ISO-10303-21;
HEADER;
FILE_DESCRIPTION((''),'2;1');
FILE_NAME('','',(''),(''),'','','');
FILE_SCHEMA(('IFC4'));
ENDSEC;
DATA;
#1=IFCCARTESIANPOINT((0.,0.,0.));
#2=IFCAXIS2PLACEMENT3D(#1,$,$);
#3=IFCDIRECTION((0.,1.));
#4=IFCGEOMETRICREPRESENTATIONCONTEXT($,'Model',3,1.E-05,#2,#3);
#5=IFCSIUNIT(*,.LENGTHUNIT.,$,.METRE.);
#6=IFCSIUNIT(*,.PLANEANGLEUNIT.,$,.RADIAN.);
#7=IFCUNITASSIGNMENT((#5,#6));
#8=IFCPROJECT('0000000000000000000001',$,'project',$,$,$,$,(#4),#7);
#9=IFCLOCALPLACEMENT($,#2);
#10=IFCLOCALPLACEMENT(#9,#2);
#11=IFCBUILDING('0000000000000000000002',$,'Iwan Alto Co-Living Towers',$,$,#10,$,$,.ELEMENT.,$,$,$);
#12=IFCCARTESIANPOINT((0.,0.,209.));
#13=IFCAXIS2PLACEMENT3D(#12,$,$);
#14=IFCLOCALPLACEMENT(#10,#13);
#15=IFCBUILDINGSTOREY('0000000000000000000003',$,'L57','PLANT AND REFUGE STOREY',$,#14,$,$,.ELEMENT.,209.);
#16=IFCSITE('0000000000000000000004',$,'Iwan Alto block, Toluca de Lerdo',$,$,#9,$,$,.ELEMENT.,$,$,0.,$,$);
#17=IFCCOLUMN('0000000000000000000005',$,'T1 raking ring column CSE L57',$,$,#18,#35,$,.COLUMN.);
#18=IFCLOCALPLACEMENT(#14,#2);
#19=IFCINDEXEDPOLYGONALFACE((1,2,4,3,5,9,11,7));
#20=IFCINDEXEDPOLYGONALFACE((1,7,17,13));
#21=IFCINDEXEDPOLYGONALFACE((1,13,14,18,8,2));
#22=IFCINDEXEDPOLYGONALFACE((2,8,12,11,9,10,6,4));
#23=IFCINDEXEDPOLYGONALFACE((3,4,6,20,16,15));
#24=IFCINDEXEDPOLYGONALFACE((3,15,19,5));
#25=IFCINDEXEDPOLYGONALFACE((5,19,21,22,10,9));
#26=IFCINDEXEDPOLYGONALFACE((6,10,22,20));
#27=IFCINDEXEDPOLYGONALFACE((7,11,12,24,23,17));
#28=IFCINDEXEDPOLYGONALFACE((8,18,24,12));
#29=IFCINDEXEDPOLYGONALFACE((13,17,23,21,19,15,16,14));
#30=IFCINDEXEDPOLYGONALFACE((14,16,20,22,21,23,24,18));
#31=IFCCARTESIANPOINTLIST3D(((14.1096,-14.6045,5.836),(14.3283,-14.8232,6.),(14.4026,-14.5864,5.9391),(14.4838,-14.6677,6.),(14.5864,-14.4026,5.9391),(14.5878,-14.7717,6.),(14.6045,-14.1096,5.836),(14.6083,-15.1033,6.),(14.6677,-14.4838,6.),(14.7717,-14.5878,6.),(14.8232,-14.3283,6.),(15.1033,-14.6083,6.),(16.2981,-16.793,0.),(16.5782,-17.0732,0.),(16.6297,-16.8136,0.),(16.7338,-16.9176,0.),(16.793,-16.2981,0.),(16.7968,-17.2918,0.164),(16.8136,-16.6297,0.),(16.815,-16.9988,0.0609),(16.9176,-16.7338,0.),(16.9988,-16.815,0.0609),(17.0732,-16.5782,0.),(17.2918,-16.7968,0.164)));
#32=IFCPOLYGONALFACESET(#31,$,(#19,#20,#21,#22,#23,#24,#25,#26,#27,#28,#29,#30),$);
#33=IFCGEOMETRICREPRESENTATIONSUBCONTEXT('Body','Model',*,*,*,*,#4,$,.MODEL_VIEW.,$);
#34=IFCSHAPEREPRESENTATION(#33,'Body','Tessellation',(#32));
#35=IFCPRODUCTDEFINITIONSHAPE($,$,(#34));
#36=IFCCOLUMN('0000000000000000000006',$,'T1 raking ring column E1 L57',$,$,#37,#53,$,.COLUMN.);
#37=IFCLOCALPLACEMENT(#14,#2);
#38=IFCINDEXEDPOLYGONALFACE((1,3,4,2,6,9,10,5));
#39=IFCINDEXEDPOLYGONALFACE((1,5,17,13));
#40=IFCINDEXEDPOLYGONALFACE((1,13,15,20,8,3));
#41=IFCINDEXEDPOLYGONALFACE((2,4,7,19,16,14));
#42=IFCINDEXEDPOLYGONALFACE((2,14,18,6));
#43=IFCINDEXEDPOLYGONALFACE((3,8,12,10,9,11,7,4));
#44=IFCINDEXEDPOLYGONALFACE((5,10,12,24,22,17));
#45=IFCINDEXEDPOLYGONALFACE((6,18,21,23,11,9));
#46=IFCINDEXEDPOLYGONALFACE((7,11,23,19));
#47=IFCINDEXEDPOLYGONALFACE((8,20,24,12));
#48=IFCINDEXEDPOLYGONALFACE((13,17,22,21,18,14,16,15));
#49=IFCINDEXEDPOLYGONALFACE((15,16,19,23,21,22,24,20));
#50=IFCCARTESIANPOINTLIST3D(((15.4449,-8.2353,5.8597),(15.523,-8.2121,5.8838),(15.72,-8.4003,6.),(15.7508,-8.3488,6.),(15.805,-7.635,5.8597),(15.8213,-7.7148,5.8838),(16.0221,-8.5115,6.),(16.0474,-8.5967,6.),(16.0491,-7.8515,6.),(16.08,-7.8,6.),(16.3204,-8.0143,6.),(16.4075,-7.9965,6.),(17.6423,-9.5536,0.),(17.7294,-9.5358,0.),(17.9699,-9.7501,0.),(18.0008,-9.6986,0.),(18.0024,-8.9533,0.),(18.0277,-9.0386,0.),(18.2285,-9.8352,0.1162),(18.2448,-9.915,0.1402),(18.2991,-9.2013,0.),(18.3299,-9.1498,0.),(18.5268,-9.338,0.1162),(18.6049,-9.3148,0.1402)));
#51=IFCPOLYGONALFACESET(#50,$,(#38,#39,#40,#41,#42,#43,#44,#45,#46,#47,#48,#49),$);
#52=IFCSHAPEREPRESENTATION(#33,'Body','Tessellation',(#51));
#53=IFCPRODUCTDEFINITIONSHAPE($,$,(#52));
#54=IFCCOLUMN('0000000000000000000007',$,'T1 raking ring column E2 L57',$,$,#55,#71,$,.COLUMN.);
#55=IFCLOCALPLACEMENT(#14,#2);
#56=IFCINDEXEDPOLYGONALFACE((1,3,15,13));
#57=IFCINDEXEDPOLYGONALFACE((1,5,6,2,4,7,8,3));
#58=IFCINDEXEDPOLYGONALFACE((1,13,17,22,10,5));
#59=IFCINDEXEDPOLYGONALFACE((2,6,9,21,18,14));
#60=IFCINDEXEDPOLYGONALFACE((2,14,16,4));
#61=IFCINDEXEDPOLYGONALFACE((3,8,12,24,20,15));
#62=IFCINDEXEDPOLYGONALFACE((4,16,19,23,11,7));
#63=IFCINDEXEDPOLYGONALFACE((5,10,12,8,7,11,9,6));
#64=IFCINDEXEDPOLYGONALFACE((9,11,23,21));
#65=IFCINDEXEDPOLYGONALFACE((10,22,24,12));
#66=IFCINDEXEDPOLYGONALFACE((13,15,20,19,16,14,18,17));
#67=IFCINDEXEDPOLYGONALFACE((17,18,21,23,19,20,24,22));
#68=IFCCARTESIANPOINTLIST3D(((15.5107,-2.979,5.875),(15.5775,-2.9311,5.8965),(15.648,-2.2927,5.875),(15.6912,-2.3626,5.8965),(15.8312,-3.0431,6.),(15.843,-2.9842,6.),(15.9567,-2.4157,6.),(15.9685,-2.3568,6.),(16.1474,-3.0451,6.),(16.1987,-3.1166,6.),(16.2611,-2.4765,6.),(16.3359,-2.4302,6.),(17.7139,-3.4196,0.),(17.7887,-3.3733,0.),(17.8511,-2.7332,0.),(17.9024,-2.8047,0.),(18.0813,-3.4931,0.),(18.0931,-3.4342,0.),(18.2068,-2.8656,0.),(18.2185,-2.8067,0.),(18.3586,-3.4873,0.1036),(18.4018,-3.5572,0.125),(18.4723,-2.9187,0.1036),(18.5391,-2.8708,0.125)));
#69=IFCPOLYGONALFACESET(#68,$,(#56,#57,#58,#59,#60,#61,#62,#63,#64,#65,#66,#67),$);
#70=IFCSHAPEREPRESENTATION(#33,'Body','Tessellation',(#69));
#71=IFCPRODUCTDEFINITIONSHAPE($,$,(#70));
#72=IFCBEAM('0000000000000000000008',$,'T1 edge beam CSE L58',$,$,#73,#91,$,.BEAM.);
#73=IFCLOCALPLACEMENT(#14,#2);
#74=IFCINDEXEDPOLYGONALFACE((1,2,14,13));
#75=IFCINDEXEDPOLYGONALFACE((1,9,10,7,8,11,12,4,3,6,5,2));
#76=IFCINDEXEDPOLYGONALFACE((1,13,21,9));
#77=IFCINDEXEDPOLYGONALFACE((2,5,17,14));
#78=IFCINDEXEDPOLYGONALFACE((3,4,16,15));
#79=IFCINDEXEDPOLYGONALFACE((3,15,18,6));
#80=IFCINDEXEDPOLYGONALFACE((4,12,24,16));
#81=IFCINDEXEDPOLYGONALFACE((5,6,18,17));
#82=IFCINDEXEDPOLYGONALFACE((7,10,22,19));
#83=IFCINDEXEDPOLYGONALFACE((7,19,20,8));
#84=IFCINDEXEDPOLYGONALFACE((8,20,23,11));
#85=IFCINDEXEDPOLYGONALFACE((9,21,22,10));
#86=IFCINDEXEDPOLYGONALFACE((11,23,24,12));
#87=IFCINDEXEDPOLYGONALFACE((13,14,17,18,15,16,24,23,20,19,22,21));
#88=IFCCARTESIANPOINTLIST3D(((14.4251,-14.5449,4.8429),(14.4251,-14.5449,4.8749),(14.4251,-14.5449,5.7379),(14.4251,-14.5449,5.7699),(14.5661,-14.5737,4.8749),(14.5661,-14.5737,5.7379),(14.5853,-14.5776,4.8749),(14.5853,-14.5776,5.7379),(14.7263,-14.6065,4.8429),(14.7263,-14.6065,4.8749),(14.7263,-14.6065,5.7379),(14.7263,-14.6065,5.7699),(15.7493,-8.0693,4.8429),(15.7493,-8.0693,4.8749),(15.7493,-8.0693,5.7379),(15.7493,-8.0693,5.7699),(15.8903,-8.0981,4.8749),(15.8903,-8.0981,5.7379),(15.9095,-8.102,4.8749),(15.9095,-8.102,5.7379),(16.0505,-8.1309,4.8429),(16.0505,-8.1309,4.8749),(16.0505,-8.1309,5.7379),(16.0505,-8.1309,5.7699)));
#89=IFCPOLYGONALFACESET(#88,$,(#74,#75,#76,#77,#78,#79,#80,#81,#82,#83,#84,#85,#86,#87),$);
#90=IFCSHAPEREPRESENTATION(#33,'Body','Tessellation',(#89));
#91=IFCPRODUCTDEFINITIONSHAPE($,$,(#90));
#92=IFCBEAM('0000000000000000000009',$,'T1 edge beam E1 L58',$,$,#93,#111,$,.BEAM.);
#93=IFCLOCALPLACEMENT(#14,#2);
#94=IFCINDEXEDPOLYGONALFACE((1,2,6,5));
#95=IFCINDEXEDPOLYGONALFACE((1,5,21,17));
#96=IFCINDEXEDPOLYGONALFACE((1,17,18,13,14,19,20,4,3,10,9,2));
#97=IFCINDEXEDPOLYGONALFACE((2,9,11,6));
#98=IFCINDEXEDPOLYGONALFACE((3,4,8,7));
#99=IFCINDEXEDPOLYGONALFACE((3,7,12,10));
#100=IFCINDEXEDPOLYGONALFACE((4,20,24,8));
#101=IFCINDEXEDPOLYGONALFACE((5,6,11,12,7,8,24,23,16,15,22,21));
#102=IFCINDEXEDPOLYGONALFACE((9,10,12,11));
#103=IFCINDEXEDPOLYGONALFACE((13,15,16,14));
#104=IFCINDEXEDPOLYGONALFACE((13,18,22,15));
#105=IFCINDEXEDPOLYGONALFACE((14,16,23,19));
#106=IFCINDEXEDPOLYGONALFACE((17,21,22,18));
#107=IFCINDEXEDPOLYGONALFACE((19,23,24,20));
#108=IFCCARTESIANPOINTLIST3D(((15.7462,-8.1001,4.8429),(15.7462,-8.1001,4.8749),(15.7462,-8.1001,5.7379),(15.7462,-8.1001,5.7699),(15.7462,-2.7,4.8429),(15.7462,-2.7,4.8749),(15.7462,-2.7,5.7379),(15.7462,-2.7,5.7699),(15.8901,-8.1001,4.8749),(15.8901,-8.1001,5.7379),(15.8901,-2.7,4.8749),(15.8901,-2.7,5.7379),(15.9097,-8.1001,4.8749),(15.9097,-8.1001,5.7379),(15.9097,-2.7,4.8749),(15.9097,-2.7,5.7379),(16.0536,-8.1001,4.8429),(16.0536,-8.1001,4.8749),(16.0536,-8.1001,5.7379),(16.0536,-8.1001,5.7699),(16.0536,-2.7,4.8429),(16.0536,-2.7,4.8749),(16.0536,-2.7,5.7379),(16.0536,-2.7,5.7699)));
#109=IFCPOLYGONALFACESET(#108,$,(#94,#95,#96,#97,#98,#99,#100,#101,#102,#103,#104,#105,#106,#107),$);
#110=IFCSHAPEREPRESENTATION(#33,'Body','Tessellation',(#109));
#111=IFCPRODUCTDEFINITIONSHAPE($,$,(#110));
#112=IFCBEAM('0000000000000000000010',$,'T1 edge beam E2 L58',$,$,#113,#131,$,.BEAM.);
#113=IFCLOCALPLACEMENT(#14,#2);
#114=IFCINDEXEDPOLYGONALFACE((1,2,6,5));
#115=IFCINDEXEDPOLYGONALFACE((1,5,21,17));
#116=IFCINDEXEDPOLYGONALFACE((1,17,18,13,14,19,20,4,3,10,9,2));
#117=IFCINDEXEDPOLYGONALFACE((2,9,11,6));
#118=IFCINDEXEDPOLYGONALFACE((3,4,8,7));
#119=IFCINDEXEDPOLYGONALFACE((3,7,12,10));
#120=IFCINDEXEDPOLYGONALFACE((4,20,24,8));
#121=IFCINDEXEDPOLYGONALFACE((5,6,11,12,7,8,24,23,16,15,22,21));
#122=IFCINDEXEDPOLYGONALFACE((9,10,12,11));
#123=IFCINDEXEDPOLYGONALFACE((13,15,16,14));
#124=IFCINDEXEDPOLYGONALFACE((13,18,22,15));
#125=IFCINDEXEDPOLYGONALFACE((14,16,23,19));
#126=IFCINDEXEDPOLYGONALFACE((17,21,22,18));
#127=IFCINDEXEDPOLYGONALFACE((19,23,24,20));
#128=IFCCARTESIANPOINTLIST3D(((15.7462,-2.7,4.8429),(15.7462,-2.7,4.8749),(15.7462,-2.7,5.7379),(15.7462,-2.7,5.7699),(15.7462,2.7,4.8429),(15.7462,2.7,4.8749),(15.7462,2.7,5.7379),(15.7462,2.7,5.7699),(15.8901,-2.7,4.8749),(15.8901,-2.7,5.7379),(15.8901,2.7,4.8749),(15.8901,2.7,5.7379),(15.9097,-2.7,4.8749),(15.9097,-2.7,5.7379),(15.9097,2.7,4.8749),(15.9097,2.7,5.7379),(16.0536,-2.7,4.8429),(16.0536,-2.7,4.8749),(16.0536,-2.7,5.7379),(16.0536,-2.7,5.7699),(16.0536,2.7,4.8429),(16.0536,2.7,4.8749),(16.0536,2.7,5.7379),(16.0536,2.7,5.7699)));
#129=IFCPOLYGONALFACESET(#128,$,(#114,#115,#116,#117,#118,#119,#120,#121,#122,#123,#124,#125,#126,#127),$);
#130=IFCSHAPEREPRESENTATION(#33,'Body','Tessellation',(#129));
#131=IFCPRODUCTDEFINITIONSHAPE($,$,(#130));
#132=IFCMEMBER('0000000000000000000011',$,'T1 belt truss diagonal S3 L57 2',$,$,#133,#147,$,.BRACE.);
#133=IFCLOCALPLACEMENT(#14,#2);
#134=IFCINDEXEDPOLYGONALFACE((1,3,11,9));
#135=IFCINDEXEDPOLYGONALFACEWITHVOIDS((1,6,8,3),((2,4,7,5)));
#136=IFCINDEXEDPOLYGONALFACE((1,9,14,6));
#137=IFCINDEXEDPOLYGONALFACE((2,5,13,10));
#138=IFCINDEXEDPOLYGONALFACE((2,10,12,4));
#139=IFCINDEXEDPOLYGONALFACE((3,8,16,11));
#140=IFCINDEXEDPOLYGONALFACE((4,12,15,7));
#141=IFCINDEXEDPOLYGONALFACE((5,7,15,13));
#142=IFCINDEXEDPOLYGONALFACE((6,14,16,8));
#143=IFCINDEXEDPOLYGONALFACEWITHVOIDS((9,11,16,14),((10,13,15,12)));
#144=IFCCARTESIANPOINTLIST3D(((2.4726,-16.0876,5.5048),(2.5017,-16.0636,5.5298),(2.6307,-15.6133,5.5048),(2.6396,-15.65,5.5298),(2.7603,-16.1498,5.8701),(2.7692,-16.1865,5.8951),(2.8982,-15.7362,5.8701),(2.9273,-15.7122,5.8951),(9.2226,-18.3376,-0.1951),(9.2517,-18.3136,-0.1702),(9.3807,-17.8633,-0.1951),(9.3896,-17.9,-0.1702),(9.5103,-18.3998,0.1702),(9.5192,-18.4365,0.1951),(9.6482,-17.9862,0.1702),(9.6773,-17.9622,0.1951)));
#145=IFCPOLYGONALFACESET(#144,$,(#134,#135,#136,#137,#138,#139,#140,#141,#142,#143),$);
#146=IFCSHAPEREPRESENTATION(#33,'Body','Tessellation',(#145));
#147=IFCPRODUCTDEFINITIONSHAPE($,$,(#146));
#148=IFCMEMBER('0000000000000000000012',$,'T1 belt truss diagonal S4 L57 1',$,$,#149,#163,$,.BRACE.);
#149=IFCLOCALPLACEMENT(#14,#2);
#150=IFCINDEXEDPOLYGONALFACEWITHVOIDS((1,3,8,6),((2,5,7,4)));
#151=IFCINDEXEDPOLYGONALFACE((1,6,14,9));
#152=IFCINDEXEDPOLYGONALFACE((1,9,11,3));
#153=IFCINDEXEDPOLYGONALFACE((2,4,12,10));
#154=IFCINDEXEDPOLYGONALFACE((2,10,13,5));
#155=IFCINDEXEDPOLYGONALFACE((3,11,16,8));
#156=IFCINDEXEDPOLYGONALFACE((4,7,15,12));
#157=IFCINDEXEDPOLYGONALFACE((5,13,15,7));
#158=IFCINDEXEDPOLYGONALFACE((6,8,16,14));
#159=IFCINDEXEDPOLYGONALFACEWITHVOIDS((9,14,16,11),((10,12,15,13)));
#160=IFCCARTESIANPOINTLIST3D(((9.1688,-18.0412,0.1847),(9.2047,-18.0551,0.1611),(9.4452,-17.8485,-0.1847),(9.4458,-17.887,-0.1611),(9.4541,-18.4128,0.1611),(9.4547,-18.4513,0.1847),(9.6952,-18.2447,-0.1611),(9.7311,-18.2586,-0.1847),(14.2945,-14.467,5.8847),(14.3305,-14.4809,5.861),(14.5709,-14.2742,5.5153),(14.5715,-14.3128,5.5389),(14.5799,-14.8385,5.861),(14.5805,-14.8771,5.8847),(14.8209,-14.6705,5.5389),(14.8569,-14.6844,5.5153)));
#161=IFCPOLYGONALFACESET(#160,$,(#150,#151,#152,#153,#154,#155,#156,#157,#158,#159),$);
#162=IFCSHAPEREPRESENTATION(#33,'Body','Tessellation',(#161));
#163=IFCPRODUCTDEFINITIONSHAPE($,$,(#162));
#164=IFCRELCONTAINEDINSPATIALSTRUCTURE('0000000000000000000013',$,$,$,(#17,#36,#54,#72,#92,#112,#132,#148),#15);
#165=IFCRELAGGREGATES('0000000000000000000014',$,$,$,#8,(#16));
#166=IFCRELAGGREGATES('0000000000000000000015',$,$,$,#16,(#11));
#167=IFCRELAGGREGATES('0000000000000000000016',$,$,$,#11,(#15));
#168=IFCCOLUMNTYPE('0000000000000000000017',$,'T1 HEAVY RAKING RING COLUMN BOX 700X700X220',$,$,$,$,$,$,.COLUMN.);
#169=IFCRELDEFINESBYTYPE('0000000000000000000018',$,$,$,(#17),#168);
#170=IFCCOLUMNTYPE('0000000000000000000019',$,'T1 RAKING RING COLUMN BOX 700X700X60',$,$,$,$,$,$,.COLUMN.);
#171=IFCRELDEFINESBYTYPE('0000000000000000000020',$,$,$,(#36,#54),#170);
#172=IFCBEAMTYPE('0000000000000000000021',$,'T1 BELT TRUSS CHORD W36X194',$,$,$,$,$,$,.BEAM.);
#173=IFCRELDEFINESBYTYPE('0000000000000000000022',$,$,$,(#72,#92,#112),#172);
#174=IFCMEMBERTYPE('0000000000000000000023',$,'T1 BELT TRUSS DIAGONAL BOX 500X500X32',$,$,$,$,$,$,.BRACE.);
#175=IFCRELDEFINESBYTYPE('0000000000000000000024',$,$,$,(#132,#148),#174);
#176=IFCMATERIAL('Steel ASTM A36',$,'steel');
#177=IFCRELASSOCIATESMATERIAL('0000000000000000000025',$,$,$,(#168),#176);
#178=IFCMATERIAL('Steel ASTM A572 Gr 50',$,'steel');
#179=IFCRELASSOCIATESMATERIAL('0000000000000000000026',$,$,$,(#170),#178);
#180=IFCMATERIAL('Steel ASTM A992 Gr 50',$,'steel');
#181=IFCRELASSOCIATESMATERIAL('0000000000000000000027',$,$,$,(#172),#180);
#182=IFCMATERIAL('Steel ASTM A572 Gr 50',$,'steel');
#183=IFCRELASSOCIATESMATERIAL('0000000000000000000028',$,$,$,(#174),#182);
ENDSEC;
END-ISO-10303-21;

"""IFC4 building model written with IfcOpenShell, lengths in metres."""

from ifc_helpers import new_model, si_unit, direction, frame, origin, origin_2d, place, context, subcontext, project, spatial, hollow_rectangle, i_section, extrude, clip, halfspace, material, material_profile, profile_set, type_object, element, save


model = new_model("IFC4")

# Units and contexts
model_context = context("Model", 3, precision=1e-05, world=origin(), true_north=direction((0.0, 1.0)))
body_context = subcontext(model_context, "Body", "Model", "MODEL_VIEW")
ifc_project = project(units=[si_unit("LENGTHUNIT", "METRE"), si_unit("PLANEANGLEUNIT", "RADIAN")], contexts=[model_context])

# Site, building, storey
site_placement = place(None, origin())
site = spatial("IfcSite", under=ifc_project, at=site_placement, Name="Iwan Alto block, Toluca de Lerdo", CompositionType="ELEMENT", RefElevation=0.0)
building_placement = place(site_placement, origin())
building = spatial("IfcBuilding", under=site, at=building_placement, Name="Iwan Alto Co-Living Towers", CompositionType="ELEMENT")
storey_placement = place(building_placement, frame((0.0, 0.0, 209.0)))
storey = spatial("IfcBuildingStorey", under=building, at=storey_placement, Name="L57", Description="PLANT AND REFUGE STOREY", CompositionType="ELEMENT", Elevation=209.0)

# Columns
ifc_material_1 = material(Name="Steel ASTM A36", Category="steel")
ifc_material_profile_1 = material_profile(ifc_material_1, hollow_rectangle(XDim=0.7, YDim=0.7, WallThickness=0.22, at=origin_2d()), Name="BOX 700X700X220")
ifc_profile_set_1 = profile_set([ifc_material_profile_1], Name="Steel ASTM A36")
column_type_1 = type_object("IfcColumnType", Name="T1 HEAVY RAKING RING COLUMN BOX 700X700X220", PredefinedType="COLUMN", material=ifc_profile_set_1)
column_1_placement = place(storey_placement, frame((16.8257, -16.8257, 0.0), z_axis=(-0.331295, 0.331295, 0.883452), x_axis=(-0.707107, -0.707107, 0.0)))
element("IfcColumn", 1, at=column_1_placement, inside=storey, type_object=column_type_1, Name="T1 raking ring column CSE L57", PredefinedType="COLUMN", context=body_context, shape_type="Clipping", body=[
    clip(clip(extrude(hollow_rectangle(XDim=0.7, YDim=0.7, WallThickness=0.22, at=origin_2d()), origin(), (0.0, 0.0, 1.0), 6.7915), halfspace(frame((0.0, 0.0, 0.0), z_axis=(0.0, -0.468521, -0.883452), x_axis=(-0.707107, 0.624695, -0.331295)), False)), halfspace(frame((0.0, 2.811, 5.3008), z_axis=(0.0, 0.468521, 0.883452), x_axis=(-0.707107, 0.624695, -0.331295)), False)),
])
ifc_material_2 = material(Name="Steel ASTM A572 Gr 50", Category="steel")
ifc_material_profile_2 = material_profile(ifc_material_2, hollow_rectangle(XDim=0.7, YDim=0.7, WallThickness=0.0601, at=origin_2d()), Name="BOX 700X700X60")
ifc_profile_set_2 = profile_set([ifc_material_profile_2], Name="Steel ASTM A572 Gr 50")
column_type_2 = type_object("IfcColumnType", Name="T1 RAKING RING COLUMN BOX 700X700X60", PredefinedType="COLUMN", material=ifc_profile_set_2)
column_2_placement = place(storey_placement, frame((18.1499, -9.45, 0.0), z_axis=(-0.343583, 0.206128, 0.916222), x_axis=(-0.514455, -0.857518, 0.0)))
element("IfcColumn", 2, at=column_2_placement, inside=storey, type_object=column_type_2, Name="T1 raking ring column E1 L57", PredefinedType="COLUMN", context=body_context, shape_type="Clipping", body=[
    clip(clip(extrude(hollow_rectangle(XDim=0.7, YDim=0.7, WallThickness=0.0601, at=origin_2d()), origin(), (0.0, 0.0, 1.0), 6.5486), halfspace(frame((0.0, 0.0, 0.0), z_axis=(0.0, -0.400672, -0.916222), x_axis=(-0.514455, 0.785676, -0.343583)), False)), halfspace(frame((0.0, 2.4041, 5.4973), z_axis=(0.0, 0.400672, 0.916222), x_axis=(-0.514455, 0.785676, -0.343583)), False)),
])
column_3_placement = place(storey_placement, frame((18.1499, -3.1499, 0.0), z_axis=(-0.350261, 0.070045, 0.934029), x_axis=(-0.196096, -0.980585, 0.0)))
element("IfcColumn", 3, at=column_3_placement, inside=storey, type_object=column_type_2, Name="T1 raking ring column E2 L57", PredefinedType="COLUMN", context=body_context, shape_type="Clipping", body=[
    clip(clip(extrude(hollow_rectangle(XDim=0.7, YDim=0.7, WallThickness=0.0601, at=origin_2d()), origin(), (0.0, 0.0, 1.0), 6.4238), halfspace(frame((0.0, 0.0, 0.0), z_axis=(0.0, -0.357196, -0.934029), x_axis=(-0.196096, 0.915895, -0.350261)), False)), halfspace(frame((0.0, 2.1431, 5.6042), z_axis=(0.0, 0.357196, 0.934029), x_axis=(-0.196096, 0.915895, -0.350261)), False)),
])

# Beams
ifc_material_3 = material(Name="Steel ASTM A992 Gr 50", Category="steel")
ifc_material_profile_3 = material_profile(ifc_material_3, i_section(OverallWidth=0.3074, OverallDepth=0.927, WebThickness=0.0195, FlangeThickness=0.032, at=origin_2d()), Name="W36X194")
ifc_profile_set_3 = profile_set([ifc_material_profile_3], Name="Steel ASTM A992 Gr 50")
beam_type_1 = type_object("IfcBeamType", Name="T1 BELT TRUSS CHORD W36X194", PredefinedType="BEAM", material=ifc_profile_set_3)
beam_1_placement = place(storey_placement, frame((14.5757, -14.5757, 5.3064), z_axis=(0.200348, 0.979725, 0.0), x_axis=(-0.979725, 0.200348, 0.0)))
element("IfcBeam", 4, at=beam_1_placement, inside=storey, type_object=beam_type_1, Name="T1 edge beam CSE L58", PredefinedType="BEAM", context=body_context, shape_type="SweptSolid", body=[
    extrude(i_section(OverallWidth=0.3074, OverallDepth=0.927, WebThickness=0.0195, FlangeThickness=0.032, at=origin_2d()), origin(), (0.0, 0.0, 1.0), 6.6096),
])
beam_2_placement = place(storey_placement, frame((15.8999, -8.1001, 5.3064), z_axis=(0.0, 1.0, 0.0), x_axis=(-1.0, 0.0, 0.0)))
element("IfcBeam", 5, at=beam_2_placement, inside=storey, type_object=beam_type_1, Name="T1 edge beam E1 L58", PredefinedType="BEAM", context=body_context, shape_type="SweptSolid", body=[
    extrude(i_section(OverallWidth=0.3074, OverallDepth=0.927, WebThickness=0.0195, FlangeThickness=0.032, at=origin_2d()), origin(), (0.0, 0.0, 1.0), 5.4001),
])
beam_3_placement = place(storey_placement, frame((15.8999, -2.7, 5.3064), z_axis=(0.0, 1.0, 0.0), x_axis=(-1.0, 0.0, 0.0)))
element("IfcBeam", 6, at=beam_3_placement, inside=storey, type_object=beam_type_1, Name="T1 edge beam E2 L58", PredefinedType="BEAM", context=body_context, shape_type="SweptSolid", body=[
    extrude(i_section(OverallWidth=0.3074, OverallDepth=0.927, WebThickness=0.0195, FlangeThickness=0.032, at=origin_2d()), origin(), (0.0, 0.0, 1.0), 5.3999),
])

# Members
ifc_material_4 = material(Name="Steel ASTM A572 Gr 50", Category="steel")
ifc_material_profile_4 = material_profile(ifc_material_4, hollow_rectangle(XDim=0.5, YDim=0.5, WallThickness=0.032, at=origin_2d()), Name="BOX 500X500X32")
ifc_profile_set_4 = profile_set([ifc_material_profile_4], Name="Steel ASTM A572 Gr 50")
member_type_1 = type_object("IfcMemberType", Name="T1 BELT TRUSS DIAGONAL BOX 500X500X32", PredefinedType="BRACE", material=ifc_profile_set_4)
member_1_placement = place(storey_placement, frame((9.45, -18.1499, 0.0), z_axis=(-0.740398, 0.246799, 0.62522), x_axis=(-0.316228, -0.948683, 0.0)))
element("IfcMember", 7, at=member_1_placement, inside=storey, type_object=member_type_1, Name="T1 belt truss diagonal S3 L57 2", PredefinedType="BRACE", context=body_context, shape_type="SweptSolid", body=[
    extrude(hollow_rectangle(XDim=0.5, YDim=0.5, WallThickness=0.032, at=origin_2d()), origin(), (0.0, 0.0, 1.0), 9.1167),
])
member_2_placement = place(storey_placement, frame((9.45, -18.1499, 0.0), z_axis=(0.606022, 0.422585, 0.673913), x_axis=(-0.57198, 0.820268, 0.0)))
element("IfcMember", 8, at=member_2_placement, inside=storey, type_object=member_type_1, Name="T1 belt truss diagonal S4 L57 1", PredefinedType="BRACE", context=body_context, shape_type="SweptSolid", body=[
    extrude(hollow_rectangle(XDim=0.5, YDim=0.5, WallThickness=0.032, at=origin_2d()), origin(), (0.0, 0.0, 1.0), 8.458),
])

save(model, "model.ifc")
